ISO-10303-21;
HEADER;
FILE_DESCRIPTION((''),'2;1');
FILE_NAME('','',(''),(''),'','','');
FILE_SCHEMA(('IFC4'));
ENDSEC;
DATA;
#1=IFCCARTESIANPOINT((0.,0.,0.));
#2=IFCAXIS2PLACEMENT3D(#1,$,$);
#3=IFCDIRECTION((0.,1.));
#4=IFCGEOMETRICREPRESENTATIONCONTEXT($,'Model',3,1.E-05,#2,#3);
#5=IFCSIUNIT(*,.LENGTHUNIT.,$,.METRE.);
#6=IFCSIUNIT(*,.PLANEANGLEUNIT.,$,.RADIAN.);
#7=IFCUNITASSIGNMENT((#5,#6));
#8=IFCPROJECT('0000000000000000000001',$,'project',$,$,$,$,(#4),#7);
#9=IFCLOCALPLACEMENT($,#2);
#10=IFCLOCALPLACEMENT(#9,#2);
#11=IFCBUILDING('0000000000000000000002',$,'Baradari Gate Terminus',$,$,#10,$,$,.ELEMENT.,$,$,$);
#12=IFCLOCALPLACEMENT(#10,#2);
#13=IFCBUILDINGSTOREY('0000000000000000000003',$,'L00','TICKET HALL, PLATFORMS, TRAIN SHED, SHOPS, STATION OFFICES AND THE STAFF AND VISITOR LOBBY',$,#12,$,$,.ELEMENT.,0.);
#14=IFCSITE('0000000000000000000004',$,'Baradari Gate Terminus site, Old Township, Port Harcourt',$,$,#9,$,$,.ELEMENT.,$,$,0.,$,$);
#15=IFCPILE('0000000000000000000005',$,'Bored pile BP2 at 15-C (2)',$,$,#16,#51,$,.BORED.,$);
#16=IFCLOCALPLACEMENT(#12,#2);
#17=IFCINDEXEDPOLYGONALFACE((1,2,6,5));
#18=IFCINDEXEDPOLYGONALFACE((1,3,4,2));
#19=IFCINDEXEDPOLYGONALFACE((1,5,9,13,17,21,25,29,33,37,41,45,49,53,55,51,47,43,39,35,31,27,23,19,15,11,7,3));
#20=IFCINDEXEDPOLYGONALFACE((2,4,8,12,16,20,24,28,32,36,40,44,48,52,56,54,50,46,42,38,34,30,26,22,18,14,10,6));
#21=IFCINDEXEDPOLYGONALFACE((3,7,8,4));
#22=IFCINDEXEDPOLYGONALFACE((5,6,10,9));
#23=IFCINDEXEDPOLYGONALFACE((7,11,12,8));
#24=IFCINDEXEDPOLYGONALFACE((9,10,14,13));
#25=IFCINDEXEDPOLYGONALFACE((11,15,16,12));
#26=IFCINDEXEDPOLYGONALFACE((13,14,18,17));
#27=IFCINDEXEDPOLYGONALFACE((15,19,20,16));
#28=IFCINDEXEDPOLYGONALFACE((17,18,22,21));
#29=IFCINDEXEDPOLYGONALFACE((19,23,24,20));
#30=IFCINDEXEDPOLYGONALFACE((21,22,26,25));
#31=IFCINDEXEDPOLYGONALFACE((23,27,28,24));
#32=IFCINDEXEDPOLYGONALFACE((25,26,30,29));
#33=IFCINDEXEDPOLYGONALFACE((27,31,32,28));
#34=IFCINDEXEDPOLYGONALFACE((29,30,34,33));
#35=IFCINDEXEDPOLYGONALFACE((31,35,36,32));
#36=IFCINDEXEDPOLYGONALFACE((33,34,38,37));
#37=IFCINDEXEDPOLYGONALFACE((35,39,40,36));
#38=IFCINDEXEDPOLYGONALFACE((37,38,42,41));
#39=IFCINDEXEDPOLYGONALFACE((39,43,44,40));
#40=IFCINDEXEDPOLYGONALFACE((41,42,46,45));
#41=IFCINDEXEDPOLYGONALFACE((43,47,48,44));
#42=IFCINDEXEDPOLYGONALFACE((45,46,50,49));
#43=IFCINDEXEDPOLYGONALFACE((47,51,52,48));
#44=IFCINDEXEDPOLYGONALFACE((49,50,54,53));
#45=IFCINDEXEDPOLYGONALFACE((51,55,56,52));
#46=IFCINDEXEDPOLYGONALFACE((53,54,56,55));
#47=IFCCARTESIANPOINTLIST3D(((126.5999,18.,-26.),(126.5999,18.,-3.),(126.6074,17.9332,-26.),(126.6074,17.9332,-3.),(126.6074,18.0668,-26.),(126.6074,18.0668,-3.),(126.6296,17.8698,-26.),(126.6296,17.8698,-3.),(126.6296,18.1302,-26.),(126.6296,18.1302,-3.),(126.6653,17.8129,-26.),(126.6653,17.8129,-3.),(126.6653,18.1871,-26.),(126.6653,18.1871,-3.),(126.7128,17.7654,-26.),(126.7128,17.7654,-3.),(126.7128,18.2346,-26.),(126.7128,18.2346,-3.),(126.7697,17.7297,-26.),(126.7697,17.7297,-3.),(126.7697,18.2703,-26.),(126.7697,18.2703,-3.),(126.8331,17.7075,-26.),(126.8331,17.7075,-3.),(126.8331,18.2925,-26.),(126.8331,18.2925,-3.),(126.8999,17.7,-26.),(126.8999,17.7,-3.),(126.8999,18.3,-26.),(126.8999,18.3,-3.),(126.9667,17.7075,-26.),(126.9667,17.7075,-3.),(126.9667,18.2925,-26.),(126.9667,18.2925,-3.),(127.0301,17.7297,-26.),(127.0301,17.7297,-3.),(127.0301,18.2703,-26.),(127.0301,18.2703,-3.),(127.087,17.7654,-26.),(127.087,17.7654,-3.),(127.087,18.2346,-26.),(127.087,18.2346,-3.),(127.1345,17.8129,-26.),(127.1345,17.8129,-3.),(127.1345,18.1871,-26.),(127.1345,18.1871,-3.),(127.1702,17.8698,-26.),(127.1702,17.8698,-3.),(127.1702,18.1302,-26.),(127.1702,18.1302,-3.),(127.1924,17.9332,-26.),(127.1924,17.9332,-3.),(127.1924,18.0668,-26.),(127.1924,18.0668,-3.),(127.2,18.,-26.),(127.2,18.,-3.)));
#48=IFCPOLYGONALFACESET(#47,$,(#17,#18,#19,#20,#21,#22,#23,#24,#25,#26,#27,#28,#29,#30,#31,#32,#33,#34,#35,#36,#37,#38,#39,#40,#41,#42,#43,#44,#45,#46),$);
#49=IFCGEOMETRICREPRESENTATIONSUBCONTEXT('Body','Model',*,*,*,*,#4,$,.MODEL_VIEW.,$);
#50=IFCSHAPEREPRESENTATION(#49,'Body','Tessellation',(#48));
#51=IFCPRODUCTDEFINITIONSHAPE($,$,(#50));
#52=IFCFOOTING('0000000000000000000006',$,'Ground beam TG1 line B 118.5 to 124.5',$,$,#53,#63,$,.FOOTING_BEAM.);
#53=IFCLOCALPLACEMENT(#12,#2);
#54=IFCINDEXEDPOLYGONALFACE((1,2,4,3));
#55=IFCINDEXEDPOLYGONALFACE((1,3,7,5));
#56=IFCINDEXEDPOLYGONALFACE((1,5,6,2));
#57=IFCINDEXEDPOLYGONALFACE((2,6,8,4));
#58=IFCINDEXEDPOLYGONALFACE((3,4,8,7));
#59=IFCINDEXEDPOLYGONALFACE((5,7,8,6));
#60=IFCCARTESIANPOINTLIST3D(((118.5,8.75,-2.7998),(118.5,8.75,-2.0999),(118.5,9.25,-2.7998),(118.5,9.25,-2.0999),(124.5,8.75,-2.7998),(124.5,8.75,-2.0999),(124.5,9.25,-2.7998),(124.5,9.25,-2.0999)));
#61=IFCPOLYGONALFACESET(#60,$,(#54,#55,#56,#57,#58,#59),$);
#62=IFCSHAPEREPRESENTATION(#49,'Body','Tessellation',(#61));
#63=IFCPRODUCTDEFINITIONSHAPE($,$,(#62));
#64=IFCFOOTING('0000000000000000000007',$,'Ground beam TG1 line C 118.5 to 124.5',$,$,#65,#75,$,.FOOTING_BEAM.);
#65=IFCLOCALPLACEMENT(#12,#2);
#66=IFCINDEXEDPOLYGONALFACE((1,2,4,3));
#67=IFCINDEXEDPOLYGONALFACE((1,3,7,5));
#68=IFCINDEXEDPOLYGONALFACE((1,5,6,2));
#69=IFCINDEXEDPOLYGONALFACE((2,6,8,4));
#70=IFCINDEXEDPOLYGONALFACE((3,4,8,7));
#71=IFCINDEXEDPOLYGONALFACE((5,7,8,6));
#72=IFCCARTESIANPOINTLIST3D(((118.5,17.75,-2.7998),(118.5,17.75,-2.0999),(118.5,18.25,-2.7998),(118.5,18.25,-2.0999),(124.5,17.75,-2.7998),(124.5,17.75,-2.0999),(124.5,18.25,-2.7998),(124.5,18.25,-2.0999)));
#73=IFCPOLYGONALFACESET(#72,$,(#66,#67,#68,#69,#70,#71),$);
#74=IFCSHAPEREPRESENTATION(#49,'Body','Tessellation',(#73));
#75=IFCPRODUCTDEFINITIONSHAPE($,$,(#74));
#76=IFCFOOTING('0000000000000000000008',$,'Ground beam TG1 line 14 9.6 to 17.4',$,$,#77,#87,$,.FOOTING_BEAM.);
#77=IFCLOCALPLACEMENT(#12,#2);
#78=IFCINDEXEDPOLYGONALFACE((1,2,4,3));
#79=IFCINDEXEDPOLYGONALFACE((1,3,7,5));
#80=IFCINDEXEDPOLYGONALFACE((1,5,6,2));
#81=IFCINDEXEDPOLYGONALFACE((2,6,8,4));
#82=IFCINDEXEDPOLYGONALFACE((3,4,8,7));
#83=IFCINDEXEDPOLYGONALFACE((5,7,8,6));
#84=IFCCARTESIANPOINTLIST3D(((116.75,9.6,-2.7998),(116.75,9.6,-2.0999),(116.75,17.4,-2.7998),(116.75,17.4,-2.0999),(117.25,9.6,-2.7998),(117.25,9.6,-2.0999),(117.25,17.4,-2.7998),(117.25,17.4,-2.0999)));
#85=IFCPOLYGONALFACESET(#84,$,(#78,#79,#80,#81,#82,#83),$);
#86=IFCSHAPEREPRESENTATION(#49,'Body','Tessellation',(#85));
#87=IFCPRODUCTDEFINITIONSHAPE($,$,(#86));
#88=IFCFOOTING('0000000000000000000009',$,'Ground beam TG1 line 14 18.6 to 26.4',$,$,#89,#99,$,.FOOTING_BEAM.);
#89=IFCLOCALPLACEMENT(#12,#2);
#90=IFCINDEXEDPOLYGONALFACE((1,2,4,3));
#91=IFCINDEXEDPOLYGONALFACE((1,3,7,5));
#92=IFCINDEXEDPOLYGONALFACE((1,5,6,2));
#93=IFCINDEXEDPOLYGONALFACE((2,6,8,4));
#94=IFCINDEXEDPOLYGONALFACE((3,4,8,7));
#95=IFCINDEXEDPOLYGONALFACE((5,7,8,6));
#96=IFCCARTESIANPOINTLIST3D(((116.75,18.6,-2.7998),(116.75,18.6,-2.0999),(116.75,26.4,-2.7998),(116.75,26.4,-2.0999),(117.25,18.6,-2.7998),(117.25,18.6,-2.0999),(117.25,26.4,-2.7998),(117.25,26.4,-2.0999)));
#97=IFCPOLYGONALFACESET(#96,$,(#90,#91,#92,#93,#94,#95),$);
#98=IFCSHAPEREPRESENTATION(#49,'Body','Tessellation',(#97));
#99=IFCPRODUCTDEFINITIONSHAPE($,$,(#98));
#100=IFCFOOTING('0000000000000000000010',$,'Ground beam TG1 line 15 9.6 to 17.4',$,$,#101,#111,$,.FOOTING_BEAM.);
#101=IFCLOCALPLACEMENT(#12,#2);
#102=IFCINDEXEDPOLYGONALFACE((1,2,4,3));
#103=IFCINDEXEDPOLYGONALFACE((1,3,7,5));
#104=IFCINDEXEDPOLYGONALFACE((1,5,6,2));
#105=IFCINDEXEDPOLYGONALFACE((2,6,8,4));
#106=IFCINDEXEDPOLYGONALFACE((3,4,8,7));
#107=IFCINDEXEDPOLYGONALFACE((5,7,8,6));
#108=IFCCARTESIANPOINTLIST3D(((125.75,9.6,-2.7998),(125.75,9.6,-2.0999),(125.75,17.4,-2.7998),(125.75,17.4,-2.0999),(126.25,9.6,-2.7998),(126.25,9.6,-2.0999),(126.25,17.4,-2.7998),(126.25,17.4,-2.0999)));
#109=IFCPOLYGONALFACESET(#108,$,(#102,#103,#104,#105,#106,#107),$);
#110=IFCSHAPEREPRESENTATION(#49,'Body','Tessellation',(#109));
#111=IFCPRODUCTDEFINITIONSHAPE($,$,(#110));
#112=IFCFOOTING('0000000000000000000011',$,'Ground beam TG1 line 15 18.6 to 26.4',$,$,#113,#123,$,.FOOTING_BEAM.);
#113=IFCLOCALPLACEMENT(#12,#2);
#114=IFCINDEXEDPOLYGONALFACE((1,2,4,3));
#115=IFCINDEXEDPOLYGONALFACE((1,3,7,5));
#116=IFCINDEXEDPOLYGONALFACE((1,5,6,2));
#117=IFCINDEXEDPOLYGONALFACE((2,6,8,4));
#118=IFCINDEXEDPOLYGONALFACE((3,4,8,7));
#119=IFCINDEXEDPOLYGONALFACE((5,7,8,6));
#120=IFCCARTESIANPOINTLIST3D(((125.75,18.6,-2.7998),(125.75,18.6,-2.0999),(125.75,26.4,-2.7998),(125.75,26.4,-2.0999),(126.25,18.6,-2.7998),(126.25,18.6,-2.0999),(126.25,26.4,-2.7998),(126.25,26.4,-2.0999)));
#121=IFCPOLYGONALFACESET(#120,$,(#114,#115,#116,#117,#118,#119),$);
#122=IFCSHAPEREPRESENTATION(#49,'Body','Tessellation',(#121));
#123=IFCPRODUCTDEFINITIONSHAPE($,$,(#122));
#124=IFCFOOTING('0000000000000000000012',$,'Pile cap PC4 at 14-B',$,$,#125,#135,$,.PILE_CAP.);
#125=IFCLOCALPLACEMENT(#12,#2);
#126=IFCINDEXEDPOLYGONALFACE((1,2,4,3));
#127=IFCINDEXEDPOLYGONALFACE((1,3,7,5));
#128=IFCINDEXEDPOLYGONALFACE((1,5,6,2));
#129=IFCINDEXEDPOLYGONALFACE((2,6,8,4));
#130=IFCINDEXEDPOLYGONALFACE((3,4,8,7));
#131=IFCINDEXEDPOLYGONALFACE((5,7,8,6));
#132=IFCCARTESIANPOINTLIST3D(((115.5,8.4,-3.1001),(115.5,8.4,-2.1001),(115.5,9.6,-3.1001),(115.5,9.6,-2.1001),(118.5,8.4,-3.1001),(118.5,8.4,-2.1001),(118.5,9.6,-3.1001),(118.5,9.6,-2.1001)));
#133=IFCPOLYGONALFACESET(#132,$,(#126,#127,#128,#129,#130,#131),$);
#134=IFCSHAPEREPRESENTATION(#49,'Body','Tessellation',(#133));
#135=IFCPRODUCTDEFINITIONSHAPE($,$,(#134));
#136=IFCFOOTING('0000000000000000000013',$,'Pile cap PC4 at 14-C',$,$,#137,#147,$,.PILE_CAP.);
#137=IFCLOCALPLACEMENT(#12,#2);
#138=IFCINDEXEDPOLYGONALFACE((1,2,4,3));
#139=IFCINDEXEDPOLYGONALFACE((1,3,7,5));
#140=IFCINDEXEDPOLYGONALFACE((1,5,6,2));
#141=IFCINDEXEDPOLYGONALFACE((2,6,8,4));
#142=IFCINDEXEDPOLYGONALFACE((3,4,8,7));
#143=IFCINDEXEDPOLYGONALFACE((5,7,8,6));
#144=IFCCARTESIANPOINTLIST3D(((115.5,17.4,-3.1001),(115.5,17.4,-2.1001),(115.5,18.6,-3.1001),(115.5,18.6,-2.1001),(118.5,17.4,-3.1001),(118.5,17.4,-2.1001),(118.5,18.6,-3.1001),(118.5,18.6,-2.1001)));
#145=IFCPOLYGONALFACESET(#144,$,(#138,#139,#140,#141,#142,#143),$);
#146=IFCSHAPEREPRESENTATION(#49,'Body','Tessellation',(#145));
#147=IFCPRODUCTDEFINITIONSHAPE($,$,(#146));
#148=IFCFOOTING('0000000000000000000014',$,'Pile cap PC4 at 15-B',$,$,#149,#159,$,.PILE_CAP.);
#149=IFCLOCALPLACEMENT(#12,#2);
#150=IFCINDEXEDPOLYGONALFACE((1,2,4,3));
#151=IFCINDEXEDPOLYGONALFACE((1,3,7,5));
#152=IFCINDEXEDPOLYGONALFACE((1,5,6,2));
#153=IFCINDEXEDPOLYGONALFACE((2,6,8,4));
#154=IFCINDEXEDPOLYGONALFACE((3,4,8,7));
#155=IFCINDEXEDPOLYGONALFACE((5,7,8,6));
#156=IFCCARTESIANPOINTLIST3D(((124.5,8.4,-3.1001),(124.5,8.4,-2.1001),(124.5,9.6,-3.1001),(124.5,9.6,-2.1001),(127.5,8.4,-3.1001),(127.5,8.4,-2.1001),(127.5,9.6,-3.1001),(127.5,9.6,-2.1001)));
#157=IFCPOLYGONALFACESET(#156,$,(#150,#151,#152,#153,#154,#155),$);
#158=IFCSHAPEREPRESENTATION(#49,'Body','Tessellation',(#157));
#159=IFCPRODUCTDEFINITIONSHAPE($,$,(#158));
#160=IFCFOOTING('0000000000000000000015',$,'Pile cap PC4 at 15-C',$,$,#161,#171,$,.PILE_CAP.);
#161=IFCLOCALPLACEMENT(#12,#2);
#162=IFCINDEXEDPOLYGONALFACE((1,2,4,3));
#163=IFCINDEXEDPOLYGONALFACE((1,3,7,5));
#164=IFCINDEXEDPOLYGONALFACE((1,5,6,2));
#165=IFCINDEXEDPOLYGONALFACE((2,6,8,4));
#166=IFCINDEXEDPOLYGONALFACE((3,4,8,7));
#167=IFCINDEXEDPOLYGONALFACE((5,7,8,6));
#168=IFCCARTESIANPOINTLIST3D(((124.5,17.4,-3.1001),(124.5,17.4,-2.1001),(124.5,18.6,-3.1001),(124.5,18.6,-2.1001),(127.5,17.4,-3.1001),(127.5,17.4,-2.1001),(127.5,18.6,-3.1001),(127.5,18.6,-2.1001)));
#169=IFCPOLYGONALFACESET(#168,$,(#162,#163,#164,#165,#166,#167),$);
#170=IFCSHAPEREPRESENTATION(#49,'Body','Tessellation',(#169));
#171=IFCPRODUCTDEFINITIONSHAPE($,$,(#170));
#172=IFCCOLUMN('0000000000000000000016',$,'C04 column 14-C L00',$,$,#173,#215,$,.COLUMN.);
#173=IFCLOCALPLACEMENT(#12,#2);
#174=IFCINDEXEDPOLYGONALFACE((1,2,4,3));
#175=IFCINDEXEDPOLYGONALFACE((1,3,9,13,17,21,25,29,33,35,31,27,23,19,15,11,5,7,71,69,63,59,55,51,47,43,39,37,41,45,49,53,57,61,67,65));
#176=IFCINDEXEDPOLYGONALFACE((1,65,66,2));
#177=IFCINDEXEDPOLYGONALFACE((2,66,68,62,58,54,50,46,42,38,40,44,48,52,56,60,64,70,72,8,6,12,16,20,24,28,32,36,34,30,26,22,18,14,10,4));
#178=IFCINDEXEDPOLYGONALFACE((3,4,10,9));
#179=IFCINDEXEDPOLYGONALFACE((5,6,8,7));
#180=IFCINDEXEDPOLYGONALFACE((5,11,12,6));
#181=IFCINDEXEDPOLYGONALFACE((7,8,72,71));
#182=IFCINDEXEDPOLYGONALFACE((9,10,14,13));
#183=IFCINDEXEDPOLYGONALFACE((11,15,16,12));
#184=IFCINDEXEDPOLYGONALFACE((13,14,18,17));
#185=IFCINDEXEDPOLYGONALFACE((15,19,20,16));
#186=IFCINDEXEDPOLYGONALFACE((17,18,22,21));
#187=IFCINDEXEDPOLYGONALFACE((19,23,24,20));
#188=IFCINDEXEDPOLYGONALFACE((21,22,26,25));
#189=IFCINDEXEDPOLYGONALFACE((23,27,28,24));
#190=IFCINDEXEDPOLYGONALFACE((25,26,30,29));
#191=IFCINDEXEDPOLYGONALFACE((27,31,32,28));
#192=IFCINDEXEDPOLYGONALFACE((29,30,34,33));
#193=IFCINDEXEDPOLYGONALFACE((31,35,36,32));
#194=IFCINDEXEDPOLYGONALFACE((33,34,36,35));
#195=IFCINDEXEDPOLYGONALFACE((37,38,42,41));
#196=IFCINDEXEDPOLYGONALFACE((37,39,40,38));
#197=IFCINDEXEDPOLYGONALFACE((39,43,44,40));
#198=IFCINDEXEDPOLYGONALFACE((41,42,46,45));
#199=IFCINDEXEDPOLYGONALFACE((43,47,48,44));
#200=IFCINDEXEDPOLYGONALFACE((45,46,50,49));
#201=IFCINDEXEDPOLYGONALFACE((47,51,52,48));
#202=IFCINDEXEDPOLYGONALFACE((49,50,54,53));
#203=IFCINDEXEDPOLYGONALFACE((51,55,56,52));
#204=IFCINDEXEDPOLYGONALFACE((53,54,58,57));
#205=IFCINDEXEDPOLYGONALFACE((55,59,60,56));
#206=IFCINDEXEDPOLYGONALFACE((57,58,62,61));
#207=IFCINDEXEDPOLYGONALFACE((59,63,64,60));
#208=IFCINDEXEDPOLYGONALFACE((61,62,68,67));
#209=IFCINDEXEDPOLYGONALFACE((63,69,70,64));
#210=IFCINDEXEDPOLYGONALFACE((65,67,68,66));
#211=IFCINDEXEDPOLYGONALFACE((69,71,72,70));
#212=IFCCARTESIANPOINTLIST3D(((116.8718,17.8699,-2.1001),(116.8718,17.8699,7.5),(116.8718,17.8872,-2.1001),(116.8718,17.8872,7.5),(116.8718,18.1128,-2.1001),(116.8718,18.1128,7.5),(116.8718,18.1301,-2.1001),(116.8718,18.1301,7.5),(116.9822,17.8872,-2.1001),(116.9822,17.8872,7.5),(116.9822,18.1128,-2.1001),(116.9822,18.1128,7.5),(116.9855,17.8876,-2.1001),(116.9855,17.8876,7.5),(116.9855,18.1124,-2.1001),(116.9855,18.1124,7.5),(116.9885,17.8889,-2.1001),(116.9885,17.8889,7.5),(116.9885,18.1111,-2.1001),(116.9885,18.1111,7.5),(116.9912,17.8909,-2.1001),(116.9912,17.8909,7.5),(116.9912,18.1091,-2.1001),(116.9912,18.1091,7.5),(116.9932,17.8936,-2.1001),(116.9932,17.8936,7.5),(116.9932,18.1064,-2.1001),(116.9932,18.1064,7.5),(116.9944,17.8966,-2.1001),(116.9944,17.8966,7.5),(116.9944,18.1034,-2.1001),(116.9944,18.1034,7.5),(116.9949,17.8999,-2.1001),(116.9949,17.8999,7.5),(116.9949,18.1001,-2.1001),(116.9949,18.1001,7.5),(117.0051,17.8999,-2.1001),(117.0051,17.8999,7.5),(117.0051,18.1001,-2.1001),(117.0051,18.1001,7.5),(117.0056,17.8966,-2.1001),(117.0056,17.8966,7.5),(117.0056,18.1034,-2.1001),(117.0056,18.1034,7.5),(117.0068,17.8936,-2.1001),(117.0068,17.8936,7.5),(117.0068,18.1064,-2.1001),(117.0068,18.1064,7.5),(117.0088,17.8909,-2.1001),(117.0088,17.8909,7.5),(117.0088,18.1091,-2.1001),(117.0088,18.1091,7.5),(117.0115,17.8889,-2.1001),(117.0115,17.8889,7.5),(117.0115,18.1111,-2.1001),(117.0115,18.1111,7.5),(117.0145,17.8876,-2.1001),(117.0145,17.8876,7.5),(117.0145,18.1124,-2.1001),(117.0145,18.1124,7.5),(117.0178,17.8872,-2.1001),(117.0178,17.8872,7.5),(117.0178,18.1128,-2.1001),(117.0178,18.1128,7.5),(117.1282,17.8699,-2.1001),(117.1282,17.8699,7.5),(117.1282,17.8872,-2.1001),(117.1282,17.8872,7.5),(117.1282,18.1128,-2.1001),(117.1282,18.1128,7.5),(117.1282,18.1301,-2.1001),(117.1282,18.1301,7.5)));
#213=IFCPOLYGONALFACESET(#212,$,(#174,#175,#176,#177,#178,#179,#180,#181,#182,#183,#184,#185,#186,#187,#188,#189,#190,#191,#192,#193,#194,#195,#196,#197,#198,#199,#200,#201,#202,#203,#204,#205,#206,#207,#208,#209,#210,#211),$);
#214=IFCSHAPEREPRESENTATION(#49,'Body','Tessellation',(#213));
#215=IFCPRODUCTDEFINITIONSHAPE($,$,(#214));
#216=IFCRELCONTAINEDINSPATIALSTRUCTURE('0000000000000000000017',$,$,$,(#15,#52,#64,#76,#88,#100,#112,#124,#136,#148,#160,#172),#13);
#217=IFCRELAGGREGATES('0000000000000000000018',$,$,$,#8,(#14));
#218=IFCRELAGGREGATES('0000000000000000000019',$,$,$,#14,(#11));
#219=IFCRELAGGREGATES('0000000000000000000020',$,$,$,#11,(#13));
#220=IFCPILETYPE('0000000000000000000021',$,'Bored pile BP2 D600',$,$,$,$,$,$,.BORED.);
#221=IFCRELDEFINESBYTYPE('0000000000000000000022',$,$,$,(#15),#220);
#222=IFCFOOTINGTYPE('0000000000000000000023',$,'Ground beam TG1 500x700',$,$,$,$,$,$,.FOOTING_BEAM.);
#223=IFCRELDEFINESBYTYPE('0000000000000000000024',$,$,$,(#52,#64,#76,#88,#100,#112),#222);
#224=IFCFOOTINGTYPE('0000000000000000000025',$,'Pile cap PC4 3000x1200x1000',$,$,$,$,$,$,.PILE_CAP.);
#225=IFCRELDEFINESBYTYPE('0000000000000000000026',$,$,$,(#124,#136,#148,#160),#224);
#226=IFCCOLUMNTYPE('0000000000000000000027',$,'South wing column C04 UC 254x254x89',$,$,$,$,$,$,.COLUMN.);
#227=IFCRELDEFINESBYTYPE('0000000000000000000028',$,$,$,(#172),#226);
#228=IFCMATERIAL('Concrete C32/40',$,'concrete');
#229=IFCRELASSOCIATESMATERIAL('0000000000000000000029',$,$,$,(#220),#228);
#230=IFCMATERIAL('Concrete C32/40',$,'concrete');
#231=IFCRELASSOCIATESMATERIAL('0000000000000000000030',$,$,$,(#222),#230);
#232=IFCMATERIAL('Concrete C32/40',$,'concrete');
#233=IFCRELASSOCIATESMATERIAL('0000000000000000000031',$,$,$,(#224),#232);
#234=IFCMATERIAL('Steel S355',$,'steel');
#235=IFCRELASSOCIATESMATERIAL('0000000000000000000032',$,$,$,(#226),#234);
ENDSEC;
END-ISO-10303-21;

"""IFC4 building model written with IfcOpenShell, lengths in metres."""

from ifc_helpers import new_model, si_unit, direction, frame, origin, origin_2d, place, context, subcontext, project, spatial, rectangle, circle, i_section, extrude, material, material_profile, profile_set, type_object, element, save


model = new_model("IFC4")

# Units and contexts
model_context = context("Model", 3, precision=1e-05, world=origin(), true_north=direction((0.0, 1.0)))
body_context = subcontext(model_context, "Body", "Model", "MODEL_VIEW")
ifc_project = project(units=[si_unit("LENGTHUNIT", "METRE"), si_unit("PLANEANGLEUNIT", "RADIAN")], contexts=[model_context])

# Site, building, storey
site_placement = place(None, origin())
site = spatial("IfcSite", under=ifc_project, at=site_placement, Name="Baradari Gate Terminus site, Old Township, Port Harcourt", CompositionType="ELEMENT", RefElevation=0.0)
building_placement = place(site_placement, origin())
building = spatial("IfcBuilding", under=site, at=building_placement, Name="Baradari Gate Terminus", CompositionType="ELEMENT")
storey_placement = place(building_placement, origin())
storey = spatial("IfcBuildingStorey", under=building, at=storey_placement, Name="L00", Description="TICKET HALL, PLATFORMS, TRAIN SHED, SHOPS, STATION OFFICES AND THE STAFF AND VISITOR LOBBY", CompositionType="ELEMENT", Elevation=0.0)

# Pile
ifc_material_1 = material(Name="Concrete C32/40", Category="concrete")
pile_type = type_object("IfcPileType", Name="Bored pile BP2 D600", PredefinedType="BORED", material=ifc_material_1)
for number, where, z_axis, x_axis, name in (
    (1, (126.8999, 18.0, -3.0), (0.0, 0.0, -1.0), (1.0, 0.0, 0.0), "Bored pile BP2 at 15-C (2)"),
):
    element("IfcPile", number, at=place(storey_placement, frame(where, z_axis=z_axis, x_axis=x_axis)), inside=storey, type_object=pile_type, Name=name, PredefinedType="BORED", context=body_context, shape_type="SweptSolid", body=[
        extrude(circle(Radius=0.3, at=origin_2d()), origin(), (0.0, 0.0, 1.0), 23.0),
    ])

# Footings
ifc_material_2 = material(Name="Concrete C32/40", Category="concrete")
footing_type_1 = type_object("IfcFootingType", Name="Ground beam TG1 500x700", PredefinedType="FOOTING_BEAM", material=ifc_material_2)
for number, where, z_axis, x_axis, name in (
    (2, (121.5, 9.0, -2.7998), (0.0, 0.0, 1.0), (1.0, 0.0, 0.0), "Ground beam TG1 line B 118.5 to 124.5"),
    (3, (121.5, 18.0, -2.7998), (0.0, 0.0, 1.0), (1.0, 0.0, 0.0), "Ground beam TG1 line C 118.5 to 124.5"),
):
    element("IfcFooting", number, at=place(storey_placement, frame(where, z_axis=z_axis, x_axis=x_axis)), inside=storey, type_object=footing_type_1, Name=name, PredefinedType="FOOTING_BEAM", context=body_context, shape_type="SweptSolid", body=[
        extrude(rectangle(XDim=6.0, YDim=0.5, at=origin_2d()), origin(), (0.0, 0.0, 1.0), 0.7),
    ])
for number, where, z_axis, x_axis, name in (
    (4, (117.0, 13.5, -2.7998), (0.0, 0.0, 1.0), (1.0, 0.0, 0.0), "Ground beam TG1 line 14 9.6 to 17.4"),
    (5, (117.0, 22.5, -2.7998), (0.0, 0.0, 1.0), (1.0, 0.0, 0.0), "Ground beam TG1 line 14 18.6 to 26.4"),
    (6, (126.0, 13.5, -2.7998), (0.0, 0.0, 1.0), (1.0, 0.0, 0.0), "Ground beam TG1 line 15 9.6 to 17.4"),
    (7, (126.0, 22.5, -2.7998), (0.0, 0.0, 1.0), (1.0, 0.0, 0.0), "Ground beam TG1 line 15 18.6 to 26.4"),
):
    element("IfcFooting", number, at=place(storey_placement, frame(where, z_axis=z_axis, x_axis=x_axis)), inside=storey, type_object=footing_type_1, Name=name, PredefinedType="FOOTING_BEAM", context=body_context, shape_type="SweptSolid", body=[
        extrude(rectangle(XDim=0.5, YDim=7.8, at=origin_2d()), origin(), (0.0, 0.0, 1.0), 0.7),
    ])
ifc_material_3 = material(Name="Concrete C32/40", Category="concrete")
footing_type_2 = type_object("IfcFootingType", Name="Pile cap PC4 3000x1200x1000", PredefinedType="PILE_CAP", material=ifc_material_3)
for number, where, z_axis, x_axis, name in (
    (8, (117.0, 9.0, -3.1001), (0.0, 0.0, 1.0), (1.0, 0.0, 0.0), "Pile cap PC4 at 14-B"),
    (9, (117.0, 18.0, -3.1001), (0.0, 0.0, 1.0), (1.0, 0.0, 0.0), "Pile cap PC4 at 14-C"),
    (10, (126.0, 9.0, -3.1001), (0.0, 0.0, 1.0), (1.0, 0.0, 0.0), "Pile cap PC4 at 15-B"),
    (11, (126.0, 18.0, -3.1001), (0.0, 0.0, 1.0), (1.0, 0.0, 0.0), "Pile cap PC4 at 15-C"),
):
    element("IfcFooting", number, at=place(storey_placement, frame(where, z_axis=z_axis, x_axis=x_axis)), inside=storey, type_object=footing_type_2, Name=name, PredefinedType="PILE_CAP", context=body_context, shape_type="SweptSolid", body=[
        extrude(rectangle(XDim=3.0, YDim=1.2, at=origin_2d()), origin(), (0.0, 0.0, 1.0), 1.0),
    ])

# Column
ifc_material_4 = material(Name="Steel S355", Category="steel")
ifc_material_profile_1 = material_profile(ifc_material_4, i_section(OverallWidth=0.2563, OverallDepth=0.2603, WebThickness=0.0103, FlangeThickness=0.0173, FilletRadius=0.0127, at=origin_2d()), Name="UC 254x254x89")
ifc_profile_set_1 = profile_set([ifc_material_profile_1], Name="Steel S355")
column_type_1 = type_object("IfcColumnType", Name="South wing column C04 UC 254x254x89", PredefinedType="COLUMN", material=ifc_profile_set_1)
for number, where, z_axis, x_axis, name in (
    (12, (117.0, 18.0, -2.1001), (0.0, 0.0, 1.0), (1.0, 0.0, 0.0), "C04 column 14-C L00"),
):
    element("IfcColumn", number, at=place(storey_placement, frame(where, z_axis=z_axis, x_axis=x_axis)), inside=storey, type_object=column_type_1, Name=name, PredefinedType="COLUMN", context=body_context, shape_type="SweptSolid", body=[
        extrude(i_section(OverallWidth=0.2563, OverallDepth=0.2603, WebThickness=0.0103, FlangeThickness=0.0173, FilletRadius=0.0127, at=origin_2d()), origin(), (0.0, 0.0, 1.0), 9.6001),
    ])

save(model, "model.ifc")
